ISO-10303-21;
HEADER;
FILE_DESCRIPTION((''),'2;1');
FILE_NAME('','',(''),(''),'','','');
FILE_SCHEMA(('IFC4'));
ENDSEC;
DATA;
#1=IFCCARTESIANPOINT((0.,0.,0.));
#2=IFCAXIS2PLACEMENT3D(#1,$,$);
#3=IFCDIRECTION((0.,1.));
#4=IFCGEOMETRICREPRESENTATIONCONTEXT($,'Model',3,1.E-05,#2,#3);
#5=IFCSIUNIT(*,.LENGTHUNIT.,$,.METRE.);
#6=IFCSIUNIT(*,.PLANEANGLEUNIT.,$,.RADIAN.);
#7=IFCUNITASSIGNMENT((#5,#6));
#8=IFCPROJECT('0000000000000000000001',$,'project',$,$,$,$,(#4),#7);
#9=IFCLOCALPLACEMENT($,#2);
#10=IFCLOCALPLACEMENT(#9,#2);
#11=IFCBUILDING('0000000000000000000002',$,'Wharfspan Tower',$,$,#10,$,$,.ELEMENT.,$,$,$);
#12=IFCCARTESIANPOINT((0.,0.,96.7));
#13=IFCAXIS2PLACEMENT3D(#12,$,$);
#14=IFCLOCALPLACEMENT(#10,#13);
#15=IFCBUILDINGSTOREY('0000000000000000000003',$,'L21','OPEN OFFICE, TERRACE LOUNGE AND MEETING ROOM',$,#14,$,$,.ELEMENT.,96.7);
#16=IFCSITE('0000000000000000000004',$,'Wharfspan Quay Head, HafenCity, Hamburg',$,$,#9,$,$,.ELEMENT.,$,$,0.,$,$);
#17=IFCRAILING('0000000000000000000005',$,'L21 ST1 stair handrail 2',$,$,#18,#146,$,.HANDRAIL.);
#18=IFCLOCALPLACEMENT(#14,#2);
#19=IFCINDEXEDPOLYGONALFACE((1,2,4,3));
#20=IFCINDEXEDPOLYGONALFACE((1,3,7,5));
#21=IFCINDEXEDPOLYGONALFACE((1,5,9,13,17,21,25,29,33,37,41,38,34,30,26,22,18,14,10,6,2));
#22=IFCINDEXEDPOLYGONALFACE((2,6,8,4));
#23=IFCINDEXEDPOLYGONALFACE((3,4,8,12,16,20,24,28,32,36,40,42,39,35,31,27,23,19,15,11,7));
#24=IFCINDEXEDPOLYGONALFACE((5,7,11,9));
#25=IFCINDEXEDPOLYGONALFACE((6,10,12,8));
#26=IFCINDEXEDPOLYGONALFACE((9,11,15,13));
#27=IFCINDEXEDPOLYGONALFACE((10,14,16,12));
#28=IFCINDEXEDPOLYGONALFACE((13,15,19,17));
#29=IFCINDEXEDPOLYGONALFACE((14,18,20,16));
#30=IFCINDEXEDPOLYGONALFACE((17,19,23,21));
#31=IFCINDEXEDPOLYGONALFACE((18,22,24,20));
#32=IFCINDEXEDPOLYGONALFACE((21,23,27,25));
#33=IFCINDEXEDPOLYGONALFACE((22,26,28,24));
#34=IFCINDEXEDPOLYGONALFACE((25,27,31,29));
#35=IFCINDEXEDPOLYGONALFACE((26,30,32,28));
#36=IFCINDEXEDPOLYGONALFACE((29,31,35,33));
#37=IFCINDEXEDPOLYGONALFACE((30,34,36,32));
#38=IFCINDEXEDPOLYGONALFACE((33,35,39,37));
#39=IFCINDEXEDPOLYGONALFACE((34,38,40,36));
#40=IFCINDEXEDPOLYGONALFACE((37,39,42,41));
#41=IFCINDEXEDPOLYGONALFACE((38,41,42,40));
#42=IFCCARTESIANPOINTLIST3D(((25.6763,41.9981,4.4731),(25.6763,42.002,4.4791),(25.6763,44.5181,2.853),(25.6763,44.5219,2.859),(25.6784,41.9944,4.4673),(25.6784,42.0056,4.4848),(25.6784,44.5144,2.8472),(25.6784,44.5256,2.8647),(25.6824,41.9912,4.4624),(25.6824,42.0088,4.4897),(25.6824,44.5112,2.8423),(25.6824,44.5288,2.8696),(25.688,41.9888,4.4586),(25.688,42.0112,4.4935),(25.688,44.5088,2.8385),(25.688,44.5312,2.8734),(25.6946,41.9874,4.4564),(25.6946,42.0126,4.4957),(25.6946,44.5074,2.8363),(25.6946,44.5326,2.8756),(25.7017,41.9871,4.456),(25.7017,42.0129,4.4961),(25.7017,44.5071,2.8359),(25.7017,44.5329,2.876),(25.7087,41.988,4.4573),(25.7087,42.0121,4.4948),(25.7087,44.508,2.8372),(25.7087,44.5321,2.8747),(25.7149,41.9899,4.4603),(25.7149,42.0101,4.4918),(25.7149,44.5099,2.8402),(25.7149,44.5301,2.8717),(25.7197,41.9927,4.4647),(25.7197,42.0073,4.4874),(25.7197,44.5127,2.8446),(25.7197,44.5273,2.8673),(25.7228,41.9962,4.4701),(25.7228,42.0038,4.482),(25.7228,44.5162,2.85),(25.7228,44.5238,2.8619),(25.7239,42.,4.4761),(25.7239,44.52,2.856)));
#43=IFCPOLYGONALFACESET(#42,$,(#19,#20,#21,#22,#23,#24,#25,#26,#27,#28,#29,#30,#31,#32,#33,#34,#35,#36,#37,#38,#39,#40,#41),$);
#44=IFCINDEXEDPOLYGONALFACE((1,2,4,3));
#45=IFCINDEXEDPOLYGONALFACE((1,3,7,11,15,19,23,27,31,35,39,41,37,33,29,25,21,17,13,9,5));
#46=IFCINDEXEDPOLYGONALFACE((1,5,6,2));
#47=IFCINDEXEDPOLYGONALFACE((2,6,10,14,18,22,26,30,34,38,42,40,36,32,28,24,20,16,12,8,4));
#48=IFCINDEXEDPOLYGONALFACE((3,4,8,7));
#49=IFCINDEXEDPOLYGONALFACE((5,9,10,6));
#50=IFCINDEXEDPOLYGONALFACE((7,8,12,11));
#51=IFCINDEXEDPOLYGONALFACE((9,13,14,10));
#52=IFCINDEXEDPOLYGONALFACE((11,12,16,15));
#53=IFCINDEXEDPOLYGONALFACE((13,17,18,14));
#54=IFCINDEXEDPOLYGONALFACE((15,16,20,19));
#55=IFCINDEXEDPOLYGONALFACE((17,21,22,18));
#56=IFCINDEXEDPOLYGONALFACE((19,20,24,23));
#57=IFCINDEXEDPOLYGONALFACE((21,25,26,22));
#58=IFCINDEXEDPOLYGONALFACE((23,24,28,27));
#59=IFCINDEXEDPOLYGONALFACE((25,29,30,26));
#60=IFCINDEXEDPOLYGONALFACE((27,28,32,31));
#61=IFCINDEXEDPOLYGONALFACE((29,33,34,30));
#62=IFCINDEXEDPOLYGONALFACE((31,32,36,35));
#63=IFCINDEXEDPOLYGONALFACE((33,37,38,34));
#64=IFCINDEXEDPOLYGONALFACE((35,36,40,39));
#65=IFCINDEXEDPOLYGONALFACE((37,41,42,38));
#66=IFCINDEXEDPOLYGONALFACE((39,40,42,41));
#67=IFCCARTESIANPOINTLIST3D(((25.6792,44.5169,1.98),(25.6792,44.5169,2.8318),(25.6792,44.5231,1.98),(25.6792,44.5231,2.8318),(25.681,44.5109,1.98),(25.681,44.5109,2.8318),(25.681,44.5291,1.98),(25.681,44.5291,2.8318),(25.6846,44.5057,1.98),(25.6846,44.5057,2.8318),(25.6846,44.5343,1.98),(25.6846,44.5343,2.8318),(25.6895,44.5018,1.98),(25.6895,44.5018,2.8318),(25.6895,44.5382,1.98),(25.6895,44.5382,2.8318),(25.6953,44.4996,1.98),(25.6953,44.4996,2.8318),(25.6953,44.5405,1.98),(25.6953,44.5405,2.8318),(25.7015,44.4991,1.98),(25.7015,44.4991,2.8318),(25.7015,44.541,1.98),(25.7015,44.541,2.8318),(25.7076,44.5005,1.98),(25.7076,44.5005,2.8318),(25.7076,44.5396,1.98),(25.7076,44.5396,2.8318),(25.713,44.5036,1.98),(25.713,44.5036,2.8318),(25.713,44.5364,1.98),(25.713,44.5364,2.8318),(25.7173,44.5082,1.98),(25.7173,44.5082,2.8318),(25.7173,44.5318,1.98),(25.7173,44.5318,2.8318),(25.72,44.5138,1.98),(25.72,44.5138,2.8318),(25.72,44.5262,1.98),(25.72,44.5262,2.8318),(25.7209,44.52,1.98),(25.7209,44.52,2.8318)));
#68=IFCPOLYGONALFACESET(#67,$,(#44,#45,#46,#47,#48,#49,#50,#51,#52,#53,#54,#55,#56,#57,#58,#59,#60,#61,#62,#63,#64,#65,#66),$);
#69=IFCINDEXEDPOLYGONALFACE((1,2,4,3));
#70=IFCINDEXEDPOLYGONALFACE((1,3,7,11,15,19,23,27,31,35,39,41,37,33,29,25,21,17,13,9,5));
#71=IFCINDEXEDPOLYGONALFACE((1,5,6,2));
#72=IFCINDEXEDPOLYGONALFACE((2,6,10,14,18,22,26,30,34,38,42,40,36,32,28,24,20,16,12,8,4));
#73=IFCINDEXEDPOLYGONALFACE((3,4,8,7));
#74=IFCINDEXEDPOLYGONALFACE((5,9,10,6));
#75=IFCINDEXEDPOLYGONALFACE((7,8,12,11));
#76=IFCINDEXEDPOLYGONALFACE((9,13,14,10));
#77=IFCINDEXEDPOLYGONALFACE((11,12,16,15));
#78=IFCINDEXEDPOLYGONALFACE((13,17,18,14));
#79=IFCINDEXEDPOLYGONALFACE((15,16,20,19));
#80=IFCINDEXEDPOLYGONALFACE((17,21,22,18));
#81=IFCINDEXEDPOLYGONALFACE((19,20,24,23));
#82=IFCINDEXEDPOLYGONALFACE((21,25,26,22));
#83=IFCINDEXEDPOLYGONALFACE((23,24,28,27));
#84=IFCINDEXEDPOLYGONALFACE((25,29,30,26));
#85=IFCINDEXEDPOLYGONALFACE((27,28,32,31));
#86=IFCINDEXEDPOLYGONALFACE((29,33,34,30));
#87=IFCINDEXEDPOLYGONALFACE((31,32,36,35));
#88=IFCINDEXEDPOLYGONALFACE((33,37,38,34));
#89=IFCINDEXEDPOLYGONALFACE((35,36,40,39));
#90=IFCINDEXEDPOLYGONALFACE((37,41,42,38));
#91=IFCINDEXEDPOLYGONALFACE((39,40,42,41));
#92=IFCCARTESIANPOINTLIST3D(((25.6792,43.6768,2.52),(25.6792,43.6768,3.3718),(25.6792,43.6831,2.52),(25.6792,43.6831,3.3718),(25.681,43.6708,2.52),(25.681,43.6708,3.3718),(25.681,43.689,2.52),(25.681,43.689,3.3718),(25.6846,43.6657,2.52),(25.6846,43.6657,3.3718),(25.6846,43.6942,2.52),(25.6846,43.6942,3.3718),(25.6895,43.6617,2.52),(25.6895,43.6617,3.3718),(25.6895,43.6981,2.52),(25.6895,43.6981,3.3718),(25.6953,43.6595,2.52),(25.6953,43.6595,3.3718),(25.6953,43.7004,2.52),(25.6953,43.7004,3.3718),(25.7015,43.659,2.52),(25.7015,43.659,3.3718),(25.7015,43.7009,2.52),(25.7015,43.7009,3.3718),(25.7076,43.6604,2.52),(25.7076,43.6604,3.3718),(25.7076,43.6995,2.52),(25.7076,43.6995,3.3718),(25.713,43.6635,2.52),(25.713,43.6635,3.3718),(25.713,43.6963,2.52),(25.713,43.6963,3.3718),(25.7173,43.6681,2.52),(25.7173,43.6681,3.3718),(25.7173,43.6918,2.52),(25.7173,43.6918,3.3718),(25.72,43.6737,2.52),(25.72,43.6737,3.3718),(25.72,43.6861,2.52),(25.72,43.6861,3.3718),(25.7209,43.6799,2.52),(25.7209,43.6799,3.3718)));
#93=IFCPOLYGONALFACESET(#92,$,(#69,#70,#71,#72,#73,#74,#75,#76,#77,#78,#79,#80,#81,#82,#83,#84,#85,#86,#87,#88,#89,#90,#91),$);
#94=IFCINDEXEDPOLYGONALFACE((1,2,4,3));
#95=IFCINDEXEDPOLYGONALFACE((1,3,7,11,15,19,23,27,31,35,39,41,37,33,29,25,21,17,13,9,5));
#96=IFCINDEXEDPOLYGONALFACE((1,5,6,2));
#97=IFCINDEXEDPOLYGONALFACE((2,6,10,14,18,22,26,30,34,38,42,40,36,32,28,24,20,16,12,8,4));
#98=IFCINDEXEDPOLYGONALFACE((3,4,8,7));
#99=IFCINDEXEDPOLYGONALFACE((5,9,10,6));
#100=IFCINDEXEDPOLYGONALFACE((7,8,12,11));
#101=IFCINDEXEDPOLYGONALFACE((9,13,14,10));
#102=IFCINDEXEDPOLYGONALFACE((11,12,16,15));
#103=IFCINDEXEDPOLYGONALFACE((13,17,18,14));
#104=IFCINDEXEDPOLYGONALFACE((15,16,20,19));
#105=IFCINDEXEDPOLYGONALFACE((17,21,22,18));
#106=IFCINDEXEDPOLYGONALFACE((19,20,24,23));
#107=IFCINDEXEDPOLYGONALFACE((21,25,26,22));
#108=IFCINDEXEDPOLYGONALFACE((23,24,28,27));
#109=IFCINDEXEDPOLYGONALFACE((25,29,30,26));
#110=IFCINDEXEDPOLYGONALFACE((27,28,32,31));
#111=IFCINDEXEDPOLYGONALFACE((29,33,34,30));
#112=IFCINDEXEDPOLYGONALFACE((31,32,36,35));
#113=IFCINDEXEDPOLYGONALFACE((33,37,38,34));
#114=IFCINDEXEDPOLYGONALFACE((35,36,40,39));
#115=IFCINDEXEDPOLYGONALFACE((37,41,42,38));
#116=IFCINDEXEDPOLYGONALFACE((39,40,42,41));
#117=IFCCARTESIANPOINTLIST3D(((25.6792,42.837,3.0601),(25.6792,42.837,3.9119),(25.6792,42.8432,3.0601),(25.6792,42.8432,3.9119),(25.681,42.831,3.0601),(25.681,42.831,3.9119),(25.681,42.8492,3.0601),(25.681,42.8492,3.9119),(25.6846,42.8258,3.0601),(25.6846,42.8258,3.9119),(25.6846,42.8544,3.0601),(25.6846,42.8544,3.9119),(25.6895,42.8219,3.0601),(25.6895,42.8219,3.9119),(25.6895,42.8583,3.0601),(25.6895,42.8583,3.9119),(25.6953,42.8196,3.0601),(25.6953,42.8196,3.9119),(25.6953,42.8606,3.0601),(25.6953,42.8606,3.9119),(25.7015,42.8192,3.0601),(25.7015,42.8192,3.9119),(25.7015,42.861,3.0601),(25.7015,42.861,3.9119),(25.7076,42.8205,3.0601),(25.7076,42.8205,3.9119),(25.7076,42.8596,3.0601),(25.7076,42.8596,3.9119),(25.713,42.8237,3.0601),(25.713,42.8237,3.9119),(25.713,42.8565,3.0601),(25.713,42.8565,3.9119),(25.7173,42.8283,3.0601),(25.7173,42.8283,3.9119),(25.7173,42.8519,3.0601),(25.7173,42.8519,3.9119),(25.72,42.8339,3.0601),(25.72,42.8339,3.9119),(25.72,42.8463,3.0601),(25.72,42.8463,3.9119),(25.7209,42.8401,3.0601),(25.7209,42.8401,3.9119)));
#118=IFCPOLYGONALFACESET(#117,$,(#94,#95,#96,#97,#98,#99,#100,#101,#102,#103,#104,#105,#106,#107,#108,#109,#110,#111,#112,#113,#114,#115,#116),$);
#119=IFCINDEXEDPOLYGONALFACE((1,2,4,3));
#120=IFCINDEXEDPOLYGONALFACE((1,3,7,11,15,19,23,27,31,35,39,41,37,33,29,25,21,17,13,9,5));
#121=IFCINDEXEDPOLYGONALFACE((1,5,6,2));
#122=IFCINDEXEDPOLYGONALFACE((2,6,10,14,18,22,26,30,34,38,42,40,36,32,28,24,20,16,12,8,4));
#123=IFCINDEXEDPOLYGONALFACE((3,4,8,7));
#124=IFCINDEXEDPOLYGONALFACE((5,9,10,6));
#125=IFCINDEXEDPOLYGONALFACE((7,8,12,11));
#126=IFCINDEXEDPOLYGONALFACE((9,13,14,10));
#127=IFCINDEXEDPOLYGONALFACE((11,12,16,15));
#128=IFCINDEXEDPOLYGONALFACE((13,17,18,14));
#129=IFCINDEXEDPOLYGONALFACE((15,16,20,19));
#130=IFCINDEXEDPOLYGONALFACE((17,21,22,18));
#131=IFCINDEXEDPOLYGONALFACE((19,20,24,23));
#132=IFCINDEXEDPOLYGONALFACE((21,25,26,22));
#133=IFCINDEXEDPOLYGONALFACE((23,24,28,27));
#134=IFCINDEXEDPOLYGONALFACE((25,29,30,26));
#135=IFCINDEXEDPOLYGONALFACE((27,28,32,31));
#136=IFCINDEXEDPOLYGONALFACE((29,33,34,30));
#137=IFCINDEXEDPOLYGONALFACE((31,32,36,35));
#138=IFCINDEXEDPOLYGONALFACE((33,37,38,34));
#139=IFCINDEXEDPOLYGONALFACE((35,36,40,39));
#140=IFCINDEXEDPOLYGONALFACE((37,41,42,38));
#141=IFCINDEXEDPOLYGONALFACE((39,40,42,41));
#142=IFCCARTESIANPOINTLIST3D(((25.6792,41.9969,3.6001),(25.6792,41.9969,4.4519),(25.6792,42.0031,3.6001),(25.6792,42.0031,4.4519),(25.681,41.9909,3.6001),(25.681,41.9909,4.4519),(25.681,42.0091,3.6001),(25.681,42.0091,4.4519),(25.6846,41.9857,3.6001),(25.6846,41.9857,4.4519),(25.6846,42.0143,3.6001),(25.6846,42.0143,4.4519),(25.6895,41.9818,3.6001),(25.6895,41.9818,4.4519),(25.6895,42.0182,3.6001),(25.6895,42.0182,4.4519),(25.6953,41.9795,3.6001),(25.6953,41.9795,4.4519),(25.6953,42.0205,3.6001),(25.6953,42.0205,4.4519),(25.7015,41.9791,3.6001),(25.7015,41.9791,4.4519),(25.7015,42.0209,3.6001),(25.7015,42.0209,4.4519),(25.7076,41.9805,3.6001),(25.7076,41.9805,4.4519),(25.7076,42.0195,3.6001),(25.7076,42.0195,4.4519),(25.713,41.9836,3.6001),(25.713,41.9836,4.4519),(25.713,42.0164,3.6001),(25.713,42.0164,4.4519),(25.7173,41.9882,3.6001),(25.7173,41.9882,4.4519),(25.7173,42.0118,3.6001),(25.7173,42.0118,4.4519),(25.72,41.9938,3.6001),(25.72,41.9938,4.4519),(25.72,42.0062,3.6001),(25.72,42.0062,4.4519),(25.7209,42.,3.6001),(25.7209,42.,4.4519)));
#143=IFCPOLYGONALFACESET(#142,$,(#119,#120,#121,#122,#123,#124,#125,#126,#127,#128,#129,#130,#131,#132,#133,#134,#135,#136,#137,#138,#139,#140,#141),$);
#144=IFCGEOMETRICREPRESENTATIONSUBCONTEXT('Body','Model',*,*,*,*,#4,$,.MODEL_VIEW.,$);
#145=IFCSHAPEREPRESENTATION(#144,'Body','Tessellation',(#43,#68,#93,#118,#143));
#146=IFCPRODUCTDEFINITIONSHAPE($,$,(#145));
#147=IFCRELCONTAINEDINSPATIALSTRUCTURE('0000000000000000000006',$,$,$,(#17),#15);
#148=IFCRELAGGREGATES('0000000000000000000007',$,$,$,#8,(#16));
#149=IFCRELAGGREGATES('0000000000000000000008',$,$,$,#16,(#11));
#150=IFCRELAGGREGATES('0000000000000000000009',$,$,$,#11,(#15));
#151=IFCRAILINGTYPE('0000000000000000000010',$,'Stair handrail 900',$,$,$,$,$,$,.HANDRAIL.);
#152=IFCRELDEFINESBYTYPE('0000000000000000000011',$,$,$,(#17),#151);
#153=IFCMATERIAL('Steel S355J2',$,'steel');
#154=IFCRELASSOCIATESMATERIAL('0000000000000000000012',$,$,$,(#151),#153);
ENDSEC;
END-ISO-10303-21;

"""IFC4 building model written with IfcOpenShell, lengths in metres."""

from ifc_helpers import new_model, si_unit, direction, frame, origin, origin_2d, place, context, subcontext, project, spatial, circle, extrude, material, type_object, element, save


model = new_model("IFC4")

# Units and contexts
model_context = context("Model", 3, precision=1e-05, world=origin(), true_north=direction((0.0, 1.0)))
body_context = subcontext(model_context, "Body", "Model", "MODEL_VIEW")
ifc_project = project(units=[si_unit("LENGTHUNIT", "METRE"), si_unit("PLANEANGLEUNIT", "RADIAN")], contexts=[model_context])

# Site, building, storey
site_placement = place(None, origin())
site = spatial("IfcSite", under=ifc_project, at=site_placement, Name="Wharfspan Quay Head, HafenCity, Hamburg", CompositionType="ELEMENT", RefElevation=0.0)
building_placement = place(site_placement, origin())
building = spatial("IfcBuilding", under=site, at=building_placement, Name="Wharfspan Tower", CompositionType="ELEMENT")
storey_placement = place(building_placement, frame((0.0, 0.0, 96.7)))
storey = spatial("IfcBuildingStorey", under=building, at=storey_placement, Name="L21", Description="OPEN OFFICE, TERRACE LOUNGE AND MEETING ROOM", CompositionType="ELEMENT", Elevation=96.7)

# Shared definitions
ifc_material_1 = material(Name="Steel S355J2", Category="steel")

# Railing
railing_type = type_object("IfcRailingType", Name="Stair handrail 900", PredefinedType="HANDRAIL", material=ifc_material_1)
railing_placement = place(storey_placement, frame((25.7, 44.52, 1.98)))
element("IfcRailing", 1, at=railing_placement, inside=storey, type_object=railing_type, Name="L21 ST1 stair handrail 2", PredefinedType="HANDRAIL", context=body_context, shape_type="SweptSolid", body=[
    extrude(circle(Radius=0.0239, at=origin_2d()), frame((0.0, 0.0, 0.876), z_axis=(0.0, -0.841163, 0.540782), x_axis=(1.0, 0.0, 0.0)), (0.0, 0.0, 1.0), 2.9958),
    extrude(circle(Radius=0.021, at=origin_2d()), origin(), (0.0, 0.0, 1.0), 0.8518),
    extrude(circle(Radius=0.021, at=origin_2d()), frame((0.0, -0.8401, 0.54)), (0.0, 0.0, 1.0), 0.8518),
    extrude(circle(Radius=0.021, at=origin_2d()), frame((0.0, -1.6799, 1.0801)), (0.0, 0.0, 1.0), 0.8518),
    extrude(circle(Radius=0.021, at=origin_2d()), frame((0.0, -2.52, 1.6201)), (0.0, 0.0, 1.0), 0.8518),
])

save(model, "model.ifc")
